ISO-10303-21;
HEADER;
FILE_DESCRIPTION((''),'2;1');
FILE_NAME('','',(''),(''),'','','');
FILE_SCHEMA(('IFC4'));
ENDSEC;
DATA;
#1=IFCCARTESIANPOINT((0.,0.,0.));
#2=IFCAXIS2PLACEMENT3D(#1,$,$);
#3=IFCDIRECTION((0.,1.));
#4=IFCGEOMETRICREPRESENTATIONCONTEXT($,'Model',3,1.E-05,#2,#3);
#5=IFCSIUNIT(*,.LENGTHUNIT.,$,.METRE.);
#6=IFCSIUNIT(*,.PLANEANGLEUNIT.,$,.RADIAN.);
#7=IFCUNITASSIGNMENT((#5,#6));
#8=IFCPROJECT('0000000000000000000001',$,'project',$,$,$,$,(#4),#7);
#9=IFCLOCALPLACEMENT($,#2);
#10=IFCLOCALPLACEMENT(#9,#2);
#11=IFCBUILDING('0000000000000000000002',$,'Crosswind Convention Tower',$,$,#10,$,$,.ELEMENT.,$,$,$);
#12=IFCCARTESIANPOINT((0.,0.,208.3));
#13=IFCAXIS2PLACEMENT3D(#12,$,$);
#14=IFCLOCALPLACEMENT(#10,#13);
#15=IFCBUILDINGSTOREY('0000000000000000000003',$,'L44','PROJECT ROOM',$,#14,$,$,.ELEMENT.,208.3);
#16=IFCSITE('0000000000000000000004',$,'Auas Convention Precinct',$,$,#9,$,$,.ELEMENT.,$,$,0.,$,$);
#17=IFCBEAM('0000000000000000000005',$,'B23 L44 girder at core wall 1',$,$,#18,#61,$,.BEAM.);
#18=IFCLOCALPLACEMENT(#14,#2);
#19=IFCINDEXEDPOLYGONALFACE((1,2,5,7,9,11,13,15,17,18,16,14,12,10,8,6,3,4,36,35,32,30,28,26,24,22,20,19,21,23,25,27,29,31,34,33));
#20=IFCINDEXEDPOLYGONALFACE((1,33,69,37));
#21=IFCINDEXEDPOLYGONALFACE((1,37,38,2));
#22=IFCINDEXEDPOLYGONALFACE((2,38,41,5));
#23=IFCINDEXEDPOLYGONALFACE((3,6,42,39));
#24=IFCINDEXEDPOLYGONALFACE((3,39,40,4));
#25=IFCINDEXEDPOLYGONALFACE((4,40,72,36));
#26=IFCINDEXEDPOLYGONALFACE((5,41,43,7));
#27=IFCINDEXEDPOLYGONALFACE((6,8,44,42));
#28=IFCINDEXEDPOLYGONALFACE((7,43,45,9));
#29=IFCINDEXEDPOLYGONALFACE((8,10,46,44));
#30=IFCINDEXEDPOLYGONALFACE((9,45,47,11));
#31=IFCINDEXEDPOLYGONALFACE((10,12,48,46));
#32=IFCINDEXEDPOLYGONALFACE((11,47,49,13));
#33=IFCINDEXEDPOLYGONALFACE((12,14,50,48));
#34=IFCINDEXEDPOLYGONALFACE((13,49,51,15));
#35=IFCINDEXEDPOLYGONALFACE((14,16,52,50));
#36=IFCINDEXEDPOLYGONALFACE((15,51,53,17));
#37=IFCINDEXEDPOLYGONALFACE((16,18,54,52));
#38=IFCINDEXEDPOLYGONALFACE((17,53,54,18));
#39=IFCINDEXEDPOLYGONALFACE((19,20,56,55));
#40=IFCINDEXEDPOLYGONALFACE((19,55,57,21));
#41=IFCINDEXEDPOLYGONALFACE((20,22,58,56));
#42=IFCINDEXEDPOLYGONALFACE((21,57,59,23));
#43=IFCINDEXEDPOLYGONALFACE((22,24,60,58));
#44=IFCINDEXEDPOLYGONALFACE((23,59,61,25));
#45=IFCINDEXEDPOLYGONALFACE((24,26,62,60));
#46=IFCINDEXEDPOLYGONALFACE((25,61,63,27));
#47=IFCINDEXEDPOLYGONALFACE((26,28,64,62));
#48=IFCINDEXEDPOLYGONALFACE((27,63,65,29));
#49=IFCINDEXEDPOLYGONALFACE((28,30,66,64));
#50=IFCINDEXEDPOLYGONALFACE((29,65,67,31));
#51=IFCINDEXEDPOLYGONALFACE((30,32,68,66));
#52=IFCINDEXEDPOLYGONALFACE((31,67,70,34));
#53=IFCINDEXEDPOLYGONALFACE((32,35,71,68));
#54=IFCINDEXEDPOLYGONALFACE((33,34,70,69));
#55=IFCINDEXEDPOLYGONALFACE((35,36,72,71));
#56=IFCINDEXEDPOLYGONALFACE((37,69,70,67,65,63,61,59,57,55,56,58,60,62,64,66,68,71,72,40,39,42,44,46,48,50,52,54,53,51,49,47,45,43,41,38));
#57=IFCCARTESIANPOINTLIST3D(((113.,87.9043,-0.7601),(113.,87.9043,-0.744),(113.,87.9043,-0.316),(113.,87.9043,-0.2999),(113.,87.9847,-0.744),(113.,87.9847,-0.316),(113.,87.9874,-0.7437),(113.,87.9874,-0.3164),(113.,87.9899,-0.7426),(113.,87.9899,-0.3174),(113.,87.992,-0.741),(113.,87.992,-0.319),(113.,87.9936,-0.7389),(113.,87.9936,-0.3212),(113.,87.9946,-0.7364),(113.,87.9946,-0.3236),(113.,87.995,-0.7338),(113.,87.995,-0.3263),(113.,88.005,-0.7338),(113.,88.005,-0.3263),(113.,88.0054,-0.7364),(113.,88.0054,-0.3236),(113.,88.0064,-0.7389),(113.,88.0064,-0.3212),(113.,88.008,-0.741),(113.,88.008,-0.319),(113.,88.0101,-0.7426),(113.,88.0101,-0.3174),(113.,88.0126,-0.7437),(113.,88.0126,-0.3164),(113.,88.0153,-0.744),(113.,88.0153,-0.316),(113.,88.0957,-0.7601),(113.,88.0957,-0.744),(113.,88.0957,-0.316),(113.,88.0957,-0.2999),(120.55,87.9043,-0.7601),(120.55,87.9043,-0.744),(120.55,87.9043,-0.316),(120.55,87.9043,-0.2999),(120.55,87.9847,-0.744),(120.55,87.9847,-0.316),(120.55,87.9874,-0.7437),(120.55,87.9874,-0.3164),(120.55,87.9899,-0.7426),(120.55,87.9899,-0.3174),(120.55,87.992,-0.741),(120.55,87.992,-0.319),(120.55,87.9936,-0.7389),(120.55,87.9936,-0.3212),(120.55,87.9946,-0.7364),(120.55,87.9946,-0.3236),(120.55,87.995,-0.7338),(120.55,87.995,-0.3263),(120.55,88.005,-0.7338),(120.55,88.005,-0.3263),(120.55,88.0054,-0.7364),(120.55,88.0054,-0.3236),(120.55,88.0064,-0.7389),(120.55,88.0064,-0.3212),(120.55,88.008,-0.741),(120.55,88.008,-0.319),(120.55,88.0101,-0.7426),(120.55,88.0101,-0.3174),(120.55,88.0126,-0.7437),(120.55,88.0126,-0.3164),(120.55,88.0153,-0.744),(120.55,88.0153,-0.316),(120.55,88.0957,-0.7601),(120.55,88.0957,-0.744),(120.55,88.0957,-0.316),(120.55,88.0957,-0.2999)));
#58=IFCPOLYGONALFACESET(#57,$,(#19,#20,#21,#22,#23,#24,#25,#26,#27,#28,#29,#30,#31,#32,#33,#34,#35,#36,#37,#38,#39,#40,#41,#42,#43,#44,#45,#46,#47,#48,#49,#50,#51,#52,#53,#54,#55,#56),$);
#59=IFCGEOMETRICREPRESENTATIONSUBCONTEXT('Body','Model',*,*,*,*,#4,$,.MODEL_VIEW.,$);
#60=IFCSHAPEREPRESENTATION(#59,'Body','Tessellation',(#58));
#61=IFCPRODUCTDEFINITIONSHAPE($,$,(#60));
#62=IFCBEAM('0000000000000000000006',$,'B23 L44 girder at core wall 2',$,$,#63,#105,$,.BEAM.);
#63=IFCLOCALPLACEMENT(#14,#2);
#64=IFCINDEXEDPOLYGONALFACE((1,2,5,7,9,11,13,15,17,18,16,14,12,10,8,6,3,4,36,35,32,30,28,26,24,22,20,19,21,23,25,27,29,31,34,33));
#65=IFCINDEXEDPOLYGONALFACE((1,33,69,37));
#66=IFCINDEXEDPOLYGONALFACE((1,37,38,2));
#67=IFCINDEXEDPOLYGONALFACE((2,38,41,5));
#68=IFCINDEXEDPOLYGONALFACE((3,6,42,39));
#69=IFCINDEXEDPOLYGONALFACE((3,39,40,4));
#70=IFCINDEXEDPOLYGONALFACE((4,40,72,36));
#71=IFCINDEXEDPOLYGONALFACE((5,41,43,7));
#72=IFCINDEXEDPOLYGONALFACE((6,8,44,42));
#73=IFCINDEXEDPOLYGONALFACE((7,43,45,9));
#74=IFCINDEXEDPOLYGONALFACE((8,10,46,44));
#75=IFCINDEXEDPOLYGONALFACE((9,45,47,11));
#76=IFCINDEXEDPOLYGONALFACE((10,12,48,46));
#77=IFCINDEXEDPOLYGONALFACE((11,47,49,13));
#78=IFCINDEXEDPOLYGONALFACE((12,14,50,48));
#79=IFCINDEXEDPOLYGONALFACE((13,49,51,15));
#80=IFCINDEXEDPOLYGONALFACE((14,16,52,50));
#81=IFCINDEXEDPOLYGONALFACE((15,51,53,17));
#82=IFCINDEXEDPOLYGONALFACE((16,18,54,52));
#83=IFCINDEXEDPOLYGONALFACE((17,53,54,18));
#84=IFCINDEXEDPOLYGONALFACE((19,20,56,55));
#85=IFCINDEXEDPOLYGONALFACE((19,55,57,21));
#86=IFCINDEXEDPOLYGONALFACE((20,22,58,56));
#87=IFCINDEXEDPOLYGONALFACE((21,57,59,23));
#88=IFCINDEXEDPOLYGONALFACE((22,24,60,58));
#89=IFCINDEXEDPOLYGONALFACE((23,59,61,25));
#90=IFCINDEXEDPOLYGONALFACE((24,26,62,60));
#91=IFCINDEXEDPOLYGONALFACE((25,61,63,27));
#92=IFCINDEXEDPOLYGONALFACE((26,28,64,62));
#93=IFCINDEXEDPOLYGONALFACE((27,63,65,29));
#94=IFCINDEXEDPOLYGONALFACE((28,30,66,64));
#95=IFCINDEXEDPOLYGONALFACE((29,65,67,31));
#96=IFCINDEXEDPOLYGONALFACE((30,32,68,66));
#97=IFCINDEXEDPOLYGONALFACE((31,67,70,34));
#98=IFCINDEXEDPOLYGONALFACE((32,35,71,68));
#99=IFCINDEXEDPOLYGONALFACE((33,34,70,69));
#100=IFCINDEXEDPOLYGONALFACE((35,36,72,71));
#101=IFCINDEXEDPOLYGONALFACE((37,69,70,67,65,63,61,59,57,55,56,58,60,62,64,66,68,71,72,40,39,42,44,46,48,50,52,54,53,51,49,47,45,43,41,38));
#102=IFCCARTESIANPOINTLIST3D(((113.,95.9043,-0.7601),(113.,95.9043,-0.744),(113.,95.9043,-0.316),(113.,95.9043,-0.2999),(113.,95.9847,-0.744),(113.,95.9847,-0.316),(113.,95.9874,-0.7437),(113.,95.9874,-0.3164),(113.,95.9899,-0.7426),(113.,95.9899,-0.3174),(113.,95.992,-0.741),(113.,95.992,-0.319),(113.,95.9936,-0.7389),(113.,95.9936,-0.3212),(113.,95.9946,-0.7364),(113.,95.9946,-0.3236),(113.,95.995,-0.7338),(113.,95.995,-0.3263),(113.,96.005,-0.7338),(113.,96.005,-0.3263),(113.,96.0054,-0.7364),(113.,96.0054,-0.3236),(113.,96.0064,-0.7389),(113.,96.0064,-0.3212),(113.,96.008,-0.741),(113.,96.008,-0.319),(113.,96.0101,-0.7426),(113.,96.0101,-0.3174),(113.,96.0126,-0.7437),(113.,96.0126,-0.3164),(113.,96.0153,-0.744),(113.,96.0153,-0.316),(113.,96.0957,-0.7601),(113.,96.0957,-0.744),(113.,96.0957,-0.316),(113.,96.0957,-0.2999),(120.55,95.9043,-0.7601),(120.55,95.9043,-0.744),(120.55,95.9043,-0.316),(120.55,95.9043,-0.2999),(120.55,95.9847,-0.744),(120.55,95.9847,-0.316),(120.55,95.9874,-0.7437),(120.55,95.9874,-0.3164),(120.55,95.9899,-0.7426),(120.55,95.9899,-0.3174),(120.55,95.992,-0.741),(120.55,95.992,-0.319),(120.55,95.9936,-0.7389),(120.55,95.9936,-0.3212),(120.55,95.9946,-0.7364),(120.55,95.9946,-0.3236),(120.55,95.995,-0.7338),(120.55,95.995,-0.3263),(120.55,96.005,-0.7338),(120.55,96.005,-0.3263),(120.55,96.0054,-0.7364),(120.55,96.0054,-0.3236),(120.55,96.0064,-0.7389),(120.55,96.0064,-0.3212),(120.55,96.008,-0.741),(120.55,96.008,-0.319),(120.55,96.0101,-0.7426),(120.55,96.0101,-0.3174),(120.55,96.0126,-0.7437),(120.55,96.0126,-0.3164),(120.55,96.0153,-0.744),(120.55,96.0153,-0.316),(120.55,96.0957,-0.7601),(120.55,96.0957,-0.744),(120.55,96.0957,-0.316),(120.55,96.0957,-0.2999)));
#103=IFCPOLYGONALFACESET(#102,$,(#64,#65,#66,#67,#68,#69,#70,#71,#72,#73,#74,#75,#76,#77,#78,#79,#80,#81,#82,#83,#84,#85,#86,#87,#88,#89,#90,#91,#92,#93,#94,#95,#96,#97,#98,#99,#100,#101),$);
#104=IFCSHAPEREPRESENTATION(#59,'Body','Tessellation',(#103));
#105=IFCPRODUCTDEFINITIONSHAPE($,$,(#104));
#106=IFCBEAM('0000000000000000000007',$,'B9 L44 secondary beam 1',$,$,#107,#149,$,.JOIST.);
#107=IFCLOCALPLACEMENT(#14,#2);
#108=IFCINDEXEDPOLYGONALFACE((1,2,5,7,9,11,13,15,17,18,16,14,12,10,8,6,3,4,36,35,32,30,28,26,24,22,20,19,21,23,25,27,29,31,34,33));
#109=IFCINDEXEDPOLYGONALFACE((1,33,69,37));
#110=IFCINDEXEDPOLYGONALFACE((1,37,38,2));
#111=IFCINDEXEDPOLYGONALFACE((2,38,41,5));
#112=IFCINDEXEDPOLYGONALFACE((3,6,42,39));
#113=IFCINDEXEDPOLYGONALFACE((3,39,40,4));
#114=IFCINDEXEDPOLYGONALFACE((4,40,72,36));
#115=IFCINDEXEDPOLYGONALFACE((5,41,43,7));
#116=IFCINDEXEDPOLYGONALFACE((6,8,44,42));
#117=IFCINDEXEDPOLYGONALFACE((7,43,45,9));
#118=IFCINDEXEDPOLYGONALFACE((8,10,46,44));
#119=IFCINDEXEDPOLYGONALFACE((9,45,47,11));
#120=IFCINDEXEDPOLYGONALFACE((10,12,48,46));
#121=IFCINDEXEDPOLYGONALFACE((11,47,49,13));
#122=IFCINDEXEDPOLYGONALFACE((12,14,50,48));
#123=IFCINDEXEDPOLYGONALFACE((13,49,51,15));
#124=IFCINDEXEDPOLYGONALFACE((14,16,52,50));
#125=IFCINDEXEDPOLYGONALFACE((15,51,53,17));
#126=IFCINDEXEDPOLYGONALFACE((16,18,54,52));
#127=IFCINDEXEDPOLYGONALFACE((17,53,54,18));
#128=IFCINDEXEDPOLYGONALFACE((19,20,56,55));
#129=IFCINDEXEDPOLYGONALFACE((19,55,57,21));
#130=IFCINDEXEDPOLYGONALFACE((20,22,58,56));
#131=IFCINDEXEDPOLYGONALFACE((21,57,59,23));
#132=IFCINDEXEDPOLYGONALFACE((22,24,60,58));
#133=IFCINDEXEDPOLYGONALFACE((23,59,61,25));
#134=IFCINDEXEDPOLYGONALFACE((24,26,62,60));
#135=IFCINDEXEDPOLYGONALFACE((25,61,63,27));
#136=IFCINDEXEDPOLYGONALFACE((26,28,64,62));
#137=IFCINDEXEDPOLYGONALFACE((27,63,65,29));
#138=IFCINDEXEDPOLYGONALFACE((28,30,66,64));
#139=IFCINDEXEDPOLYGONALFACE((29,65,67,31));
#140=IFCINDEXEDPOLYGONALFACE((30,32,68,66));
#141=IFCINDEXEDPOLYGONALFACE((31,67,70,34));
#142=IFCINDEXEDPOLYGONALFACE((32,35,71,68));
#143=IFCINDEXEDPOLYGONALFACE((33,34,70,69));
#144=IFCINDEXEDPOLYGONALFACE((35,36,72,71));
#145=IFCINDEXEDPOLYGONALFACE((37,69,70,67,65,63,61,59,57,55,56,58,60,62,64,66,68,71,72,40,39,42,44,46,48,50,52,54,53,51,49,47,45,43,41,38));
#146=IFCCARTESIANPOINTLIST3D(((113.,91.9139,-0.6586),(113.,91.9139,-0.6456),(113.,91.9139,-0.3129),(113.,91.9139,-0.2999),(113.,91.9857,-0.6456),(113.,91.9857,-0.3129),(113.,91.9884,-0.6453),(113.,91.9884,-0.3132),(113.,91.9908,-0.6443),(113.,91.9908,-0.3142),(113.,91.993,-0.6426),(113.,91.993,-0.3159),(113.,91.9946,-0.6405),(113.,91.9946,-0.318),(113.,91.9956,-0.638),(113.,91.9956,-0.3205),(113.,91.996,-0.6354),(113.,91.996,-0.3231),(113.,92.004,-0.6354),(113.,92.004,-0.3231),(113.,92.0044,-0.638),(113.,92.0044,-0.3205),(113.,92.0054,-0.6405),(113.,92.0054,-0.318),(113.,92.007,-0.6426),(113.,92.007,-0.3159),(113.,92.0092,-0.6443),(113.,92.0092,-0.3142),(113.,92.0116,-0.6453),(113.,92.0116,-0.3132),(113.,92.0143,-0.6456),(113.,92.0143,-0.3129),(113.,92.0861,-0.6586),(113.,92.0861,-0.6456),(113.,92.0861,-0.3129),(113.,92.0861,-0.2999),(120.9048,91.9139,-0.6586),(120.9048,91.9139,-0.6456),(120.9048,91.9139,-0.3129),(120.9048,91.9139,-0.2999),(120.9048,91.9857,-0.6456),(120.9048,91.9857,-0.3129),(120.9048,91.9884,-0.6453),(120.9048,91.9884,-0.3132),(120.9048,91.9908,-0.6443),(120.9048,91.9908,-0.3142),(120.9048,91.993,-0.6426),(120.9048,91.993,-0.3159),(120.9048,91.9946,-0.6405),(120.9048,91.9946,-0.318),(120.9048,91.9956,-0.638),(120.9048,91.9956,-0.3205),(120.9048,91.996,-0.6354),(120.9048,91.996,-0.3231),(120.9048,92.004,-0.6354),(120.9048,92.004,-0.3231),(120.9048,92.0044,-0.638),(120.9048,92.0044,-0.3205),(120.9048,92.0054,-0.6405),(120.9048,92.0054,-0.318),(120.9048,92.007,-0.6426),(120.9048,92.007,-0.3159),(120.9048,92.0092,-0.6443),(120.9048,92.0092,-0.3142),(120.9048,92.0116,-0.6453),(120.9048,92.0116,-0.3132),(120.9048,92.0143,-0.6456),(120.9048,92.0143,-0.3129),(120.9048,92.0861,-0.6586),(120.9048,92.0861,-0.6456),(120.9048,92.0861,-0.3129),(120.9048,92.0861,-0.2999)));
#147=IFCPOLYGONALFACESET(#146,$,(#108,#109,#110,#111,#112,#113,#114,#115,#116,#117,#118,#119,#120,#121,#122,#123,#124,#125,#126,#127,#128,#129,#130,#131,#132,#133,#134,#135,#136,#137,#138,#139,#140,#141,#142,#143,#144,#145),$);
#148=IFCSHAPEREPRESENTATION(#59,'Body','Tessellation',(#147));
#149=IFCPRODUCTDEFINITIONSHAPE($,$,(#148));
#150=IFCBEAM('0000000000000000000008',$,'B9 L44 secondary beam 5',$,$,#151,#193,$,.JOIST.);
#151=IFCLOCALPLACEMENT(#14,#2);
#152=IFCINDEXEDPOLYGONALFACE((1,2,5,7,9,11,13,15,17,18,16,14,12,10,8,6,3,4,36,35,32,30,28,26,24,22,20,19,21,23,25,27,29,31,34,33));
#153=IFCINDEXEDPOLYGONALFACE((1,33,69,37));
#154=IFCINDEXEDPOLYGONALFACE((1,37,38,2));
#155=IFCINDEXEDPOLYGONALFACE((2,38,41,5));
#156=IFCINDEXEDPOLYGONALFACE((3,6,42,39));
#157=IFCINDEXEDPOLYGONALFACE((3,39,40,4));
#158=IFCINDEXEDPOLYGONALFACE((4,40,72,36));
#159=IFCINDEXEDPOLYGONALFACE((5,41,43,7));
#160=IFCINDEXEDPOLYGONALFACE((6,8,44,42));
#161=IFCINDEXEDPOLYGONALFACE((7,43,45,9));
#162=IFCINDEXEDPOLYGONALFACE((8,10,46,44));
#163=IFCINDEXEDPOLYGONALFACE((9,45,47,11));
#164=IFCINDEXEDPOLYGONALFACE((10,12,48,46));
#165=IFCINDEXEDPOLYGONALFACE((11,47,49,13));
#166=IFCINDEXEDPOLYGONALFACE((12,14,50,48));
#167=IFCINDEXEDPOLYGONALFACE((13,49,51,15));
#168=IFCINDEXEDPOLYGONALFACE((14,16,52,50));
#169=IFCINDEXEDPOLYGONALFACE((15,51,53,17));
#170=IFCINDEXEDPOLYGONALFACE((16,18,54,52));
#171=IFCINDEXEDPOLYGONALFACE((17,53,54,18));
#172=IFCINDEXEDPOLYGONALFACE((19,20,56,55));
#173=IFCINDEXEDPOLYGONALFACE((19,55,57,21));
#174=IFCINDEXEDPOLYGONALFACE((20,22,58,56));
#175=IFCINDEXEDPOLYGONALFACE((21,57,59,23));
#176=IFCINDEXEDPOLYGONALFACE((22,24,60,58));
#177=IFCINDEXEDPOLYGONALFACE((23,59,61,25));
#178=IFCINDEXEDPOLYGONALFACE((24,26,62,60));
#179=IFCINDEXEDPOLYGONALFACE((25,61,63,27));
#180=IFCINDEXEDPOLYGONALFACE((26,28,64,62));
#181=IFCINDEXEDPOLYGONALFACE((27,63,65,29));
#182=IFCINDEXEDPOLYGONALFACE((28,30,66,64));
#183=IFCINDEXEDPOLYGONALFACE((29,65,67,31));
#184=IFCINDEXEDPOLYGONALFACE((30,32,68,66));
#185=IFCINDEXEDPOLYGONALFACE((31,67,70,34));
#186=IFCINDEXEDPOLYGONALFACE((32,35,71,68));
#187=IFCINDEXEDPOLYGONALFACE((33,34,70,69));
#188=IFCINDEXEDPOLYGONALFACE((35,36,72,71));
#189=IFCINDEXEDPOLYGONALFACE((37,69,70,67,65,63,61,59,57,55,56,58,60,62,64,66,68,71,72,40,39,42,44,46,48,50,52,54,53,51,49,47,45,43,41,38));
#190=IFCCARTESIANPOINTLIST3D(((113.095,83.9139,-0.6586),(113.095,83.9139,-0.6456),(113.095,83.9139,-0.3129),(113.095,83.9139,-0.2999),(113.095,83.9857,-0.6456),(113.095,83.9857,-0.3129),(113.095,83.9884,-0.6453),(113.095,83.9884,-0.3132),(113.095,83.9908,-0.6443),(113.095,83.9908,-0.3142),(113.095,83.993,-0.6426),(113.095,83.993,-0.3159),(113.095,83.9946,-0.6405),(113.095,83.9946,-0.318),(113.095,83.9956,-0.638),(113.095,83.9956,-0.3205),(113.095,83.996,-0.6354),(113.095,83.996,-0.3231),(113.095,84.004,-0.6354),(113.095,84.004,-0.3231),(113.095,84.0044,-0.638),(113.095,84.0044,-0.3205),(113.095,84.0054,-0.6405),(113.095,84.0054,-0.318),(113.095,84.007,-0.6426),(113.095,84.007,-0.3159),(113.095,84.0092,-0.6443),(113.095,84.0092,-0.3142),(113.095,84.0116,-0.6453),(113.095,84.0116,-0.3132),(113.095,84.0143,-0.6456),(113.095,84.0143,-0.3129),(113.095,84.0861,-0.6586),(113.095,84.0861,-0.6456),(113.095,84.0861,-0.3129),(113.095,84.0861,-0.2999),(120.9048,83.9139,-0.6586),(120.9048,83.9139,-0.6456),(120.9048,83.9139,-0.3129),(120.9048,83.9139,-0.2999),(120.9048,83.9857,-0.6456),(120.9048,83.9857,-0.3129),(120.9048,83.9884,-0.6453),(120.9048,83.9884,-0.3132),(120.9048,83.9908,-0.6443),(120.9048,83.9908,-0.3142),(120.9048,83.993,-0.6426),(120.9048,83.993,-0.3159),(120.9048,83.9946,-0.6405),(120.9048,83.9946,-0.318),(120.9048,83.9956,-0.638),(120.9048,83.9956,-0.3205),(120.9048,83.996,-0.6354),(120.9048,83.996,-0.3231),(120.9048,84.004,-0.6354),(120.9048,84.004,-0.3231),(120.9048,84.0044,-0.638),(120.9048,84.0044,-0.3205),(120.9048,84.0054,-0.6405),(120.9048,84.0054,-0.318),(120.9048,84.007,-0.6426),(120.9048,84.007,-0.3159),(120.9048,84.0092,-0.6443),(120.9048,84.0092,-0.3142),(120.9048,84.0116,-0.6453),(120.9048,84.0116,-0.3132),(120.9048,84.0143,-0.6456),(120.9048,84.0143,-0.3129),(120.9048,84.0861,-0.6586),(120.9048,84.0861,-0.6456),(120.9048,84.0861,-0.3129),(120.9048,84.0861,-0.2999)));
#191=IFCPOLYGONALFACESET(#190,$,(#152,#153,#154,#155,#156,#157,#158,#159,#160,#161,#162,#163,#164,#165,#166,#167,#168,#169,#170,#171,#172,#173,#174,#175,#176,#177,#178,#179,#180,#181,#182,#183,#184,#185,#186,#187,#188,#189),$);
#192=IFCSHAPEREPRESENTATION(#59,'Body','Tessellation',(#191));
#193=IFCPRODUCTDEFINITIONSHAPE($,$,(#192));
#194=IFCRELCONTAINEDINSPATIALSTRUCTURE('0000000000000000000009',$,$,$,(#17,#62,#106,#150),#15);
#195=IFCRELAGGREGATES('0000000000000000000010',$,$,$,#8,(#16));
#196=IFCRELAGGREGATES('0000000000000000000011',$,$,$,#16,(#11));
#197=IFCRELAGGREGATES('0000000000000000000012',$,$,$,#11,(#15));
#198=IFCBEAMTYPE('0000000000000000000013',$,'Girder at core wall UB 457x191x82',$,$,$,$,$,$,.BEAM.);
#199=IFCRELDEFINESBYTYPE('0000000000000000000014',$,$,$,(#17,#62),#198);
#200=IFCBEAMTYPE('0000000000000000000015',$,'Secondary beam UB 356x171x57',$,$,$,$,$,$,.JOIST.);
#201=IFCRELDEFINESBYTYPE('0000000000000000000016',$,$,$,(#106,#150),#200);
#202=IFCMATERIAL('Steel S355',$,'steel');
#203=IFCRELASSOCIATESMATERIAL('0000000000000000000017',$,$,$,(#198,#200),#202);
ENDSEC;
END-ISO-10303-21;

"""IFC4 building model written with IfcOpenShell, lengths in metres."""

from ifc_helpers import new_model, si_unit, direction, frame, origin, origin_2d, place, context, subcontext, project, spatial, i_section, extrude, material, material_profile, profile_set, type_object, element, save


model = new_model("IFC4")

# Units and contexts
model_context = context("Model", 3, precision=1e-05, world=origin(), true_north=direction((0.0, 1.0)))
body_context = subcontext(model_context, "Body", "Model", "MODEL_VIEW")
ifc_project = project(units=[si_unit("LENGTHUNIT", "METRE"), si_unit("PLANEANGLEUNIT", "RADIAN")], contexts=[model_context])

# Site, building, storey
site_placement = place(None, origin())
site = spatial("IfcSite", under=ifc_project, at=site_placement, Name="Auas Convention Precinct", CompositionType="ELEMENT", RefElevation=0.0)
building_placement = place(site_placement, origin())
building = spatial("IfcBuilding", under=site, at=building_placement, Name="Crosswind Convention Tower", CompositionType="ELEMENT")
storey_placement = place(building_placement, frame((0.0, 0.0, 208.3)))
storey = spatial("IfcBuildingStorey", under=building, at=storey_placement, Name="L44", Description="PROJECT ROOM", CompositionType="ELEMENT", Elevation=208.3)

# Beams
ifc_material_1 = material(Name="Steel S355", Category="steel")
ifc_material_profile_1 = material_profile(ifc_material_1, i_section(OverallWidth=0.1914, OverallDepth=0.4602, WebThickness=0.01, FlangeThickness=0.0161, FilletRadius=0.0103, at=origin_2d()), Name="UB 457x191x82")
ifc_profile_set_1 = profile_set([ifc_material_profile_1], Name="Steel S355")
beam_type_1 = type_object("IfcBeamType", Name="Girder at core wall UB 457x191x82", PredefinedType="BEAM", material=ifc_profile_set_1)
for number, where, z_axis, x_axis, name in (
    (1, (113.0, 88.0, -0.53), (1.0, 0.0, 0.0), (0.0, 1.0, 0.0), "B23 L44 girder at core wall 1"),
    (2, (113.0, 96.0, -0.53), (1.0, 0.0, 0.0), (0.0, 1.0, 0.0), "B23 L44 girder at core wall 2"),
):
    element("IfcBeam", number, at=place(storey_placement, frame(where, z_axis=z_axis, x_axis=x_axis)), inside=storey, type_object=beam_type_1, Name=name, PredefinedType="BEAM", context=body_context, shape_type="SweptSolid", body=[
        extrude(i_section(OverallWidth=0.1914, OverallDepth=0.4602, WebThickness=0.01, FlangeThickness=0.0161, FilletRadius=0.0103, at=origin_2d()), origin(), (0.0, 0.0, 1.0), 7.55),
    ])
ifc_material_profile_2 = material_profile(ifc_material_1, i_section(OverallWidth=0.1721, OverallDepth=0.3586, WebThickness=0.0081, FlangeThickness=0.0129, FilletRadius=0.0103, at=origin_2d()), Name="UB 356x171x57")
ifc_profile_set_2 = profile_set([ifc_material_profile_2], Name="Steel S355")
beam_type_2 = type_object("IfcBeamType", Name="Secondary beam UB 356x171x57", PredefinedType="JOIST", material=ifc_profile_set_2)
beam_1_placement = place(storey_placement, frame((113.0, 92.0, -0.4792), z_axis=(1.0, 0.0, 0.0), x_axis=(0.0, 1.0, 0.0)))
element("IfcBeam", 3, at=beam_1_placement, inside=storey, type_object=beam_type_2, Name="B9 L44 secondary beam 1", PredefinedType="JOIST", context=body_context, shape_type="SweptSolid", body=[
    extrude(i_section(OverallWidth=0.1721, OverallDepth=0.3586, WebThickness=0.0081, FlangeThickness=0.0129, FilletRadius=0.0103, at=origin_2d()), origin(), (0.0, 0.0, 1.0), 7.9048),
])
beam_2_placement = place(storey_placement, frame((113.095, 84.0, -0.4792), z_axis=(1.0, 0.0, 0.0), x_axis=(0.0, 1.0, 0.0)))
element("IfcBeam", 4, at=beam_2_placement, inside=storey, type_object=beam_type_2, Name="B9 L44 secondary beam 5", PredefinedType="JOIST", context=body_context, shape_type="SweptSolid", body=[
    extrude(i_section(OverallWidth=0.1721, OverallDepth=0.3586, WebThickness=0.0081, FlangeThickness=0.0129, FilletRadius=0.0103, at=origin_2d()), origin(), (0.0, 0.0, 1.0), 7.8098),
])

save(model, "model.ifc")
